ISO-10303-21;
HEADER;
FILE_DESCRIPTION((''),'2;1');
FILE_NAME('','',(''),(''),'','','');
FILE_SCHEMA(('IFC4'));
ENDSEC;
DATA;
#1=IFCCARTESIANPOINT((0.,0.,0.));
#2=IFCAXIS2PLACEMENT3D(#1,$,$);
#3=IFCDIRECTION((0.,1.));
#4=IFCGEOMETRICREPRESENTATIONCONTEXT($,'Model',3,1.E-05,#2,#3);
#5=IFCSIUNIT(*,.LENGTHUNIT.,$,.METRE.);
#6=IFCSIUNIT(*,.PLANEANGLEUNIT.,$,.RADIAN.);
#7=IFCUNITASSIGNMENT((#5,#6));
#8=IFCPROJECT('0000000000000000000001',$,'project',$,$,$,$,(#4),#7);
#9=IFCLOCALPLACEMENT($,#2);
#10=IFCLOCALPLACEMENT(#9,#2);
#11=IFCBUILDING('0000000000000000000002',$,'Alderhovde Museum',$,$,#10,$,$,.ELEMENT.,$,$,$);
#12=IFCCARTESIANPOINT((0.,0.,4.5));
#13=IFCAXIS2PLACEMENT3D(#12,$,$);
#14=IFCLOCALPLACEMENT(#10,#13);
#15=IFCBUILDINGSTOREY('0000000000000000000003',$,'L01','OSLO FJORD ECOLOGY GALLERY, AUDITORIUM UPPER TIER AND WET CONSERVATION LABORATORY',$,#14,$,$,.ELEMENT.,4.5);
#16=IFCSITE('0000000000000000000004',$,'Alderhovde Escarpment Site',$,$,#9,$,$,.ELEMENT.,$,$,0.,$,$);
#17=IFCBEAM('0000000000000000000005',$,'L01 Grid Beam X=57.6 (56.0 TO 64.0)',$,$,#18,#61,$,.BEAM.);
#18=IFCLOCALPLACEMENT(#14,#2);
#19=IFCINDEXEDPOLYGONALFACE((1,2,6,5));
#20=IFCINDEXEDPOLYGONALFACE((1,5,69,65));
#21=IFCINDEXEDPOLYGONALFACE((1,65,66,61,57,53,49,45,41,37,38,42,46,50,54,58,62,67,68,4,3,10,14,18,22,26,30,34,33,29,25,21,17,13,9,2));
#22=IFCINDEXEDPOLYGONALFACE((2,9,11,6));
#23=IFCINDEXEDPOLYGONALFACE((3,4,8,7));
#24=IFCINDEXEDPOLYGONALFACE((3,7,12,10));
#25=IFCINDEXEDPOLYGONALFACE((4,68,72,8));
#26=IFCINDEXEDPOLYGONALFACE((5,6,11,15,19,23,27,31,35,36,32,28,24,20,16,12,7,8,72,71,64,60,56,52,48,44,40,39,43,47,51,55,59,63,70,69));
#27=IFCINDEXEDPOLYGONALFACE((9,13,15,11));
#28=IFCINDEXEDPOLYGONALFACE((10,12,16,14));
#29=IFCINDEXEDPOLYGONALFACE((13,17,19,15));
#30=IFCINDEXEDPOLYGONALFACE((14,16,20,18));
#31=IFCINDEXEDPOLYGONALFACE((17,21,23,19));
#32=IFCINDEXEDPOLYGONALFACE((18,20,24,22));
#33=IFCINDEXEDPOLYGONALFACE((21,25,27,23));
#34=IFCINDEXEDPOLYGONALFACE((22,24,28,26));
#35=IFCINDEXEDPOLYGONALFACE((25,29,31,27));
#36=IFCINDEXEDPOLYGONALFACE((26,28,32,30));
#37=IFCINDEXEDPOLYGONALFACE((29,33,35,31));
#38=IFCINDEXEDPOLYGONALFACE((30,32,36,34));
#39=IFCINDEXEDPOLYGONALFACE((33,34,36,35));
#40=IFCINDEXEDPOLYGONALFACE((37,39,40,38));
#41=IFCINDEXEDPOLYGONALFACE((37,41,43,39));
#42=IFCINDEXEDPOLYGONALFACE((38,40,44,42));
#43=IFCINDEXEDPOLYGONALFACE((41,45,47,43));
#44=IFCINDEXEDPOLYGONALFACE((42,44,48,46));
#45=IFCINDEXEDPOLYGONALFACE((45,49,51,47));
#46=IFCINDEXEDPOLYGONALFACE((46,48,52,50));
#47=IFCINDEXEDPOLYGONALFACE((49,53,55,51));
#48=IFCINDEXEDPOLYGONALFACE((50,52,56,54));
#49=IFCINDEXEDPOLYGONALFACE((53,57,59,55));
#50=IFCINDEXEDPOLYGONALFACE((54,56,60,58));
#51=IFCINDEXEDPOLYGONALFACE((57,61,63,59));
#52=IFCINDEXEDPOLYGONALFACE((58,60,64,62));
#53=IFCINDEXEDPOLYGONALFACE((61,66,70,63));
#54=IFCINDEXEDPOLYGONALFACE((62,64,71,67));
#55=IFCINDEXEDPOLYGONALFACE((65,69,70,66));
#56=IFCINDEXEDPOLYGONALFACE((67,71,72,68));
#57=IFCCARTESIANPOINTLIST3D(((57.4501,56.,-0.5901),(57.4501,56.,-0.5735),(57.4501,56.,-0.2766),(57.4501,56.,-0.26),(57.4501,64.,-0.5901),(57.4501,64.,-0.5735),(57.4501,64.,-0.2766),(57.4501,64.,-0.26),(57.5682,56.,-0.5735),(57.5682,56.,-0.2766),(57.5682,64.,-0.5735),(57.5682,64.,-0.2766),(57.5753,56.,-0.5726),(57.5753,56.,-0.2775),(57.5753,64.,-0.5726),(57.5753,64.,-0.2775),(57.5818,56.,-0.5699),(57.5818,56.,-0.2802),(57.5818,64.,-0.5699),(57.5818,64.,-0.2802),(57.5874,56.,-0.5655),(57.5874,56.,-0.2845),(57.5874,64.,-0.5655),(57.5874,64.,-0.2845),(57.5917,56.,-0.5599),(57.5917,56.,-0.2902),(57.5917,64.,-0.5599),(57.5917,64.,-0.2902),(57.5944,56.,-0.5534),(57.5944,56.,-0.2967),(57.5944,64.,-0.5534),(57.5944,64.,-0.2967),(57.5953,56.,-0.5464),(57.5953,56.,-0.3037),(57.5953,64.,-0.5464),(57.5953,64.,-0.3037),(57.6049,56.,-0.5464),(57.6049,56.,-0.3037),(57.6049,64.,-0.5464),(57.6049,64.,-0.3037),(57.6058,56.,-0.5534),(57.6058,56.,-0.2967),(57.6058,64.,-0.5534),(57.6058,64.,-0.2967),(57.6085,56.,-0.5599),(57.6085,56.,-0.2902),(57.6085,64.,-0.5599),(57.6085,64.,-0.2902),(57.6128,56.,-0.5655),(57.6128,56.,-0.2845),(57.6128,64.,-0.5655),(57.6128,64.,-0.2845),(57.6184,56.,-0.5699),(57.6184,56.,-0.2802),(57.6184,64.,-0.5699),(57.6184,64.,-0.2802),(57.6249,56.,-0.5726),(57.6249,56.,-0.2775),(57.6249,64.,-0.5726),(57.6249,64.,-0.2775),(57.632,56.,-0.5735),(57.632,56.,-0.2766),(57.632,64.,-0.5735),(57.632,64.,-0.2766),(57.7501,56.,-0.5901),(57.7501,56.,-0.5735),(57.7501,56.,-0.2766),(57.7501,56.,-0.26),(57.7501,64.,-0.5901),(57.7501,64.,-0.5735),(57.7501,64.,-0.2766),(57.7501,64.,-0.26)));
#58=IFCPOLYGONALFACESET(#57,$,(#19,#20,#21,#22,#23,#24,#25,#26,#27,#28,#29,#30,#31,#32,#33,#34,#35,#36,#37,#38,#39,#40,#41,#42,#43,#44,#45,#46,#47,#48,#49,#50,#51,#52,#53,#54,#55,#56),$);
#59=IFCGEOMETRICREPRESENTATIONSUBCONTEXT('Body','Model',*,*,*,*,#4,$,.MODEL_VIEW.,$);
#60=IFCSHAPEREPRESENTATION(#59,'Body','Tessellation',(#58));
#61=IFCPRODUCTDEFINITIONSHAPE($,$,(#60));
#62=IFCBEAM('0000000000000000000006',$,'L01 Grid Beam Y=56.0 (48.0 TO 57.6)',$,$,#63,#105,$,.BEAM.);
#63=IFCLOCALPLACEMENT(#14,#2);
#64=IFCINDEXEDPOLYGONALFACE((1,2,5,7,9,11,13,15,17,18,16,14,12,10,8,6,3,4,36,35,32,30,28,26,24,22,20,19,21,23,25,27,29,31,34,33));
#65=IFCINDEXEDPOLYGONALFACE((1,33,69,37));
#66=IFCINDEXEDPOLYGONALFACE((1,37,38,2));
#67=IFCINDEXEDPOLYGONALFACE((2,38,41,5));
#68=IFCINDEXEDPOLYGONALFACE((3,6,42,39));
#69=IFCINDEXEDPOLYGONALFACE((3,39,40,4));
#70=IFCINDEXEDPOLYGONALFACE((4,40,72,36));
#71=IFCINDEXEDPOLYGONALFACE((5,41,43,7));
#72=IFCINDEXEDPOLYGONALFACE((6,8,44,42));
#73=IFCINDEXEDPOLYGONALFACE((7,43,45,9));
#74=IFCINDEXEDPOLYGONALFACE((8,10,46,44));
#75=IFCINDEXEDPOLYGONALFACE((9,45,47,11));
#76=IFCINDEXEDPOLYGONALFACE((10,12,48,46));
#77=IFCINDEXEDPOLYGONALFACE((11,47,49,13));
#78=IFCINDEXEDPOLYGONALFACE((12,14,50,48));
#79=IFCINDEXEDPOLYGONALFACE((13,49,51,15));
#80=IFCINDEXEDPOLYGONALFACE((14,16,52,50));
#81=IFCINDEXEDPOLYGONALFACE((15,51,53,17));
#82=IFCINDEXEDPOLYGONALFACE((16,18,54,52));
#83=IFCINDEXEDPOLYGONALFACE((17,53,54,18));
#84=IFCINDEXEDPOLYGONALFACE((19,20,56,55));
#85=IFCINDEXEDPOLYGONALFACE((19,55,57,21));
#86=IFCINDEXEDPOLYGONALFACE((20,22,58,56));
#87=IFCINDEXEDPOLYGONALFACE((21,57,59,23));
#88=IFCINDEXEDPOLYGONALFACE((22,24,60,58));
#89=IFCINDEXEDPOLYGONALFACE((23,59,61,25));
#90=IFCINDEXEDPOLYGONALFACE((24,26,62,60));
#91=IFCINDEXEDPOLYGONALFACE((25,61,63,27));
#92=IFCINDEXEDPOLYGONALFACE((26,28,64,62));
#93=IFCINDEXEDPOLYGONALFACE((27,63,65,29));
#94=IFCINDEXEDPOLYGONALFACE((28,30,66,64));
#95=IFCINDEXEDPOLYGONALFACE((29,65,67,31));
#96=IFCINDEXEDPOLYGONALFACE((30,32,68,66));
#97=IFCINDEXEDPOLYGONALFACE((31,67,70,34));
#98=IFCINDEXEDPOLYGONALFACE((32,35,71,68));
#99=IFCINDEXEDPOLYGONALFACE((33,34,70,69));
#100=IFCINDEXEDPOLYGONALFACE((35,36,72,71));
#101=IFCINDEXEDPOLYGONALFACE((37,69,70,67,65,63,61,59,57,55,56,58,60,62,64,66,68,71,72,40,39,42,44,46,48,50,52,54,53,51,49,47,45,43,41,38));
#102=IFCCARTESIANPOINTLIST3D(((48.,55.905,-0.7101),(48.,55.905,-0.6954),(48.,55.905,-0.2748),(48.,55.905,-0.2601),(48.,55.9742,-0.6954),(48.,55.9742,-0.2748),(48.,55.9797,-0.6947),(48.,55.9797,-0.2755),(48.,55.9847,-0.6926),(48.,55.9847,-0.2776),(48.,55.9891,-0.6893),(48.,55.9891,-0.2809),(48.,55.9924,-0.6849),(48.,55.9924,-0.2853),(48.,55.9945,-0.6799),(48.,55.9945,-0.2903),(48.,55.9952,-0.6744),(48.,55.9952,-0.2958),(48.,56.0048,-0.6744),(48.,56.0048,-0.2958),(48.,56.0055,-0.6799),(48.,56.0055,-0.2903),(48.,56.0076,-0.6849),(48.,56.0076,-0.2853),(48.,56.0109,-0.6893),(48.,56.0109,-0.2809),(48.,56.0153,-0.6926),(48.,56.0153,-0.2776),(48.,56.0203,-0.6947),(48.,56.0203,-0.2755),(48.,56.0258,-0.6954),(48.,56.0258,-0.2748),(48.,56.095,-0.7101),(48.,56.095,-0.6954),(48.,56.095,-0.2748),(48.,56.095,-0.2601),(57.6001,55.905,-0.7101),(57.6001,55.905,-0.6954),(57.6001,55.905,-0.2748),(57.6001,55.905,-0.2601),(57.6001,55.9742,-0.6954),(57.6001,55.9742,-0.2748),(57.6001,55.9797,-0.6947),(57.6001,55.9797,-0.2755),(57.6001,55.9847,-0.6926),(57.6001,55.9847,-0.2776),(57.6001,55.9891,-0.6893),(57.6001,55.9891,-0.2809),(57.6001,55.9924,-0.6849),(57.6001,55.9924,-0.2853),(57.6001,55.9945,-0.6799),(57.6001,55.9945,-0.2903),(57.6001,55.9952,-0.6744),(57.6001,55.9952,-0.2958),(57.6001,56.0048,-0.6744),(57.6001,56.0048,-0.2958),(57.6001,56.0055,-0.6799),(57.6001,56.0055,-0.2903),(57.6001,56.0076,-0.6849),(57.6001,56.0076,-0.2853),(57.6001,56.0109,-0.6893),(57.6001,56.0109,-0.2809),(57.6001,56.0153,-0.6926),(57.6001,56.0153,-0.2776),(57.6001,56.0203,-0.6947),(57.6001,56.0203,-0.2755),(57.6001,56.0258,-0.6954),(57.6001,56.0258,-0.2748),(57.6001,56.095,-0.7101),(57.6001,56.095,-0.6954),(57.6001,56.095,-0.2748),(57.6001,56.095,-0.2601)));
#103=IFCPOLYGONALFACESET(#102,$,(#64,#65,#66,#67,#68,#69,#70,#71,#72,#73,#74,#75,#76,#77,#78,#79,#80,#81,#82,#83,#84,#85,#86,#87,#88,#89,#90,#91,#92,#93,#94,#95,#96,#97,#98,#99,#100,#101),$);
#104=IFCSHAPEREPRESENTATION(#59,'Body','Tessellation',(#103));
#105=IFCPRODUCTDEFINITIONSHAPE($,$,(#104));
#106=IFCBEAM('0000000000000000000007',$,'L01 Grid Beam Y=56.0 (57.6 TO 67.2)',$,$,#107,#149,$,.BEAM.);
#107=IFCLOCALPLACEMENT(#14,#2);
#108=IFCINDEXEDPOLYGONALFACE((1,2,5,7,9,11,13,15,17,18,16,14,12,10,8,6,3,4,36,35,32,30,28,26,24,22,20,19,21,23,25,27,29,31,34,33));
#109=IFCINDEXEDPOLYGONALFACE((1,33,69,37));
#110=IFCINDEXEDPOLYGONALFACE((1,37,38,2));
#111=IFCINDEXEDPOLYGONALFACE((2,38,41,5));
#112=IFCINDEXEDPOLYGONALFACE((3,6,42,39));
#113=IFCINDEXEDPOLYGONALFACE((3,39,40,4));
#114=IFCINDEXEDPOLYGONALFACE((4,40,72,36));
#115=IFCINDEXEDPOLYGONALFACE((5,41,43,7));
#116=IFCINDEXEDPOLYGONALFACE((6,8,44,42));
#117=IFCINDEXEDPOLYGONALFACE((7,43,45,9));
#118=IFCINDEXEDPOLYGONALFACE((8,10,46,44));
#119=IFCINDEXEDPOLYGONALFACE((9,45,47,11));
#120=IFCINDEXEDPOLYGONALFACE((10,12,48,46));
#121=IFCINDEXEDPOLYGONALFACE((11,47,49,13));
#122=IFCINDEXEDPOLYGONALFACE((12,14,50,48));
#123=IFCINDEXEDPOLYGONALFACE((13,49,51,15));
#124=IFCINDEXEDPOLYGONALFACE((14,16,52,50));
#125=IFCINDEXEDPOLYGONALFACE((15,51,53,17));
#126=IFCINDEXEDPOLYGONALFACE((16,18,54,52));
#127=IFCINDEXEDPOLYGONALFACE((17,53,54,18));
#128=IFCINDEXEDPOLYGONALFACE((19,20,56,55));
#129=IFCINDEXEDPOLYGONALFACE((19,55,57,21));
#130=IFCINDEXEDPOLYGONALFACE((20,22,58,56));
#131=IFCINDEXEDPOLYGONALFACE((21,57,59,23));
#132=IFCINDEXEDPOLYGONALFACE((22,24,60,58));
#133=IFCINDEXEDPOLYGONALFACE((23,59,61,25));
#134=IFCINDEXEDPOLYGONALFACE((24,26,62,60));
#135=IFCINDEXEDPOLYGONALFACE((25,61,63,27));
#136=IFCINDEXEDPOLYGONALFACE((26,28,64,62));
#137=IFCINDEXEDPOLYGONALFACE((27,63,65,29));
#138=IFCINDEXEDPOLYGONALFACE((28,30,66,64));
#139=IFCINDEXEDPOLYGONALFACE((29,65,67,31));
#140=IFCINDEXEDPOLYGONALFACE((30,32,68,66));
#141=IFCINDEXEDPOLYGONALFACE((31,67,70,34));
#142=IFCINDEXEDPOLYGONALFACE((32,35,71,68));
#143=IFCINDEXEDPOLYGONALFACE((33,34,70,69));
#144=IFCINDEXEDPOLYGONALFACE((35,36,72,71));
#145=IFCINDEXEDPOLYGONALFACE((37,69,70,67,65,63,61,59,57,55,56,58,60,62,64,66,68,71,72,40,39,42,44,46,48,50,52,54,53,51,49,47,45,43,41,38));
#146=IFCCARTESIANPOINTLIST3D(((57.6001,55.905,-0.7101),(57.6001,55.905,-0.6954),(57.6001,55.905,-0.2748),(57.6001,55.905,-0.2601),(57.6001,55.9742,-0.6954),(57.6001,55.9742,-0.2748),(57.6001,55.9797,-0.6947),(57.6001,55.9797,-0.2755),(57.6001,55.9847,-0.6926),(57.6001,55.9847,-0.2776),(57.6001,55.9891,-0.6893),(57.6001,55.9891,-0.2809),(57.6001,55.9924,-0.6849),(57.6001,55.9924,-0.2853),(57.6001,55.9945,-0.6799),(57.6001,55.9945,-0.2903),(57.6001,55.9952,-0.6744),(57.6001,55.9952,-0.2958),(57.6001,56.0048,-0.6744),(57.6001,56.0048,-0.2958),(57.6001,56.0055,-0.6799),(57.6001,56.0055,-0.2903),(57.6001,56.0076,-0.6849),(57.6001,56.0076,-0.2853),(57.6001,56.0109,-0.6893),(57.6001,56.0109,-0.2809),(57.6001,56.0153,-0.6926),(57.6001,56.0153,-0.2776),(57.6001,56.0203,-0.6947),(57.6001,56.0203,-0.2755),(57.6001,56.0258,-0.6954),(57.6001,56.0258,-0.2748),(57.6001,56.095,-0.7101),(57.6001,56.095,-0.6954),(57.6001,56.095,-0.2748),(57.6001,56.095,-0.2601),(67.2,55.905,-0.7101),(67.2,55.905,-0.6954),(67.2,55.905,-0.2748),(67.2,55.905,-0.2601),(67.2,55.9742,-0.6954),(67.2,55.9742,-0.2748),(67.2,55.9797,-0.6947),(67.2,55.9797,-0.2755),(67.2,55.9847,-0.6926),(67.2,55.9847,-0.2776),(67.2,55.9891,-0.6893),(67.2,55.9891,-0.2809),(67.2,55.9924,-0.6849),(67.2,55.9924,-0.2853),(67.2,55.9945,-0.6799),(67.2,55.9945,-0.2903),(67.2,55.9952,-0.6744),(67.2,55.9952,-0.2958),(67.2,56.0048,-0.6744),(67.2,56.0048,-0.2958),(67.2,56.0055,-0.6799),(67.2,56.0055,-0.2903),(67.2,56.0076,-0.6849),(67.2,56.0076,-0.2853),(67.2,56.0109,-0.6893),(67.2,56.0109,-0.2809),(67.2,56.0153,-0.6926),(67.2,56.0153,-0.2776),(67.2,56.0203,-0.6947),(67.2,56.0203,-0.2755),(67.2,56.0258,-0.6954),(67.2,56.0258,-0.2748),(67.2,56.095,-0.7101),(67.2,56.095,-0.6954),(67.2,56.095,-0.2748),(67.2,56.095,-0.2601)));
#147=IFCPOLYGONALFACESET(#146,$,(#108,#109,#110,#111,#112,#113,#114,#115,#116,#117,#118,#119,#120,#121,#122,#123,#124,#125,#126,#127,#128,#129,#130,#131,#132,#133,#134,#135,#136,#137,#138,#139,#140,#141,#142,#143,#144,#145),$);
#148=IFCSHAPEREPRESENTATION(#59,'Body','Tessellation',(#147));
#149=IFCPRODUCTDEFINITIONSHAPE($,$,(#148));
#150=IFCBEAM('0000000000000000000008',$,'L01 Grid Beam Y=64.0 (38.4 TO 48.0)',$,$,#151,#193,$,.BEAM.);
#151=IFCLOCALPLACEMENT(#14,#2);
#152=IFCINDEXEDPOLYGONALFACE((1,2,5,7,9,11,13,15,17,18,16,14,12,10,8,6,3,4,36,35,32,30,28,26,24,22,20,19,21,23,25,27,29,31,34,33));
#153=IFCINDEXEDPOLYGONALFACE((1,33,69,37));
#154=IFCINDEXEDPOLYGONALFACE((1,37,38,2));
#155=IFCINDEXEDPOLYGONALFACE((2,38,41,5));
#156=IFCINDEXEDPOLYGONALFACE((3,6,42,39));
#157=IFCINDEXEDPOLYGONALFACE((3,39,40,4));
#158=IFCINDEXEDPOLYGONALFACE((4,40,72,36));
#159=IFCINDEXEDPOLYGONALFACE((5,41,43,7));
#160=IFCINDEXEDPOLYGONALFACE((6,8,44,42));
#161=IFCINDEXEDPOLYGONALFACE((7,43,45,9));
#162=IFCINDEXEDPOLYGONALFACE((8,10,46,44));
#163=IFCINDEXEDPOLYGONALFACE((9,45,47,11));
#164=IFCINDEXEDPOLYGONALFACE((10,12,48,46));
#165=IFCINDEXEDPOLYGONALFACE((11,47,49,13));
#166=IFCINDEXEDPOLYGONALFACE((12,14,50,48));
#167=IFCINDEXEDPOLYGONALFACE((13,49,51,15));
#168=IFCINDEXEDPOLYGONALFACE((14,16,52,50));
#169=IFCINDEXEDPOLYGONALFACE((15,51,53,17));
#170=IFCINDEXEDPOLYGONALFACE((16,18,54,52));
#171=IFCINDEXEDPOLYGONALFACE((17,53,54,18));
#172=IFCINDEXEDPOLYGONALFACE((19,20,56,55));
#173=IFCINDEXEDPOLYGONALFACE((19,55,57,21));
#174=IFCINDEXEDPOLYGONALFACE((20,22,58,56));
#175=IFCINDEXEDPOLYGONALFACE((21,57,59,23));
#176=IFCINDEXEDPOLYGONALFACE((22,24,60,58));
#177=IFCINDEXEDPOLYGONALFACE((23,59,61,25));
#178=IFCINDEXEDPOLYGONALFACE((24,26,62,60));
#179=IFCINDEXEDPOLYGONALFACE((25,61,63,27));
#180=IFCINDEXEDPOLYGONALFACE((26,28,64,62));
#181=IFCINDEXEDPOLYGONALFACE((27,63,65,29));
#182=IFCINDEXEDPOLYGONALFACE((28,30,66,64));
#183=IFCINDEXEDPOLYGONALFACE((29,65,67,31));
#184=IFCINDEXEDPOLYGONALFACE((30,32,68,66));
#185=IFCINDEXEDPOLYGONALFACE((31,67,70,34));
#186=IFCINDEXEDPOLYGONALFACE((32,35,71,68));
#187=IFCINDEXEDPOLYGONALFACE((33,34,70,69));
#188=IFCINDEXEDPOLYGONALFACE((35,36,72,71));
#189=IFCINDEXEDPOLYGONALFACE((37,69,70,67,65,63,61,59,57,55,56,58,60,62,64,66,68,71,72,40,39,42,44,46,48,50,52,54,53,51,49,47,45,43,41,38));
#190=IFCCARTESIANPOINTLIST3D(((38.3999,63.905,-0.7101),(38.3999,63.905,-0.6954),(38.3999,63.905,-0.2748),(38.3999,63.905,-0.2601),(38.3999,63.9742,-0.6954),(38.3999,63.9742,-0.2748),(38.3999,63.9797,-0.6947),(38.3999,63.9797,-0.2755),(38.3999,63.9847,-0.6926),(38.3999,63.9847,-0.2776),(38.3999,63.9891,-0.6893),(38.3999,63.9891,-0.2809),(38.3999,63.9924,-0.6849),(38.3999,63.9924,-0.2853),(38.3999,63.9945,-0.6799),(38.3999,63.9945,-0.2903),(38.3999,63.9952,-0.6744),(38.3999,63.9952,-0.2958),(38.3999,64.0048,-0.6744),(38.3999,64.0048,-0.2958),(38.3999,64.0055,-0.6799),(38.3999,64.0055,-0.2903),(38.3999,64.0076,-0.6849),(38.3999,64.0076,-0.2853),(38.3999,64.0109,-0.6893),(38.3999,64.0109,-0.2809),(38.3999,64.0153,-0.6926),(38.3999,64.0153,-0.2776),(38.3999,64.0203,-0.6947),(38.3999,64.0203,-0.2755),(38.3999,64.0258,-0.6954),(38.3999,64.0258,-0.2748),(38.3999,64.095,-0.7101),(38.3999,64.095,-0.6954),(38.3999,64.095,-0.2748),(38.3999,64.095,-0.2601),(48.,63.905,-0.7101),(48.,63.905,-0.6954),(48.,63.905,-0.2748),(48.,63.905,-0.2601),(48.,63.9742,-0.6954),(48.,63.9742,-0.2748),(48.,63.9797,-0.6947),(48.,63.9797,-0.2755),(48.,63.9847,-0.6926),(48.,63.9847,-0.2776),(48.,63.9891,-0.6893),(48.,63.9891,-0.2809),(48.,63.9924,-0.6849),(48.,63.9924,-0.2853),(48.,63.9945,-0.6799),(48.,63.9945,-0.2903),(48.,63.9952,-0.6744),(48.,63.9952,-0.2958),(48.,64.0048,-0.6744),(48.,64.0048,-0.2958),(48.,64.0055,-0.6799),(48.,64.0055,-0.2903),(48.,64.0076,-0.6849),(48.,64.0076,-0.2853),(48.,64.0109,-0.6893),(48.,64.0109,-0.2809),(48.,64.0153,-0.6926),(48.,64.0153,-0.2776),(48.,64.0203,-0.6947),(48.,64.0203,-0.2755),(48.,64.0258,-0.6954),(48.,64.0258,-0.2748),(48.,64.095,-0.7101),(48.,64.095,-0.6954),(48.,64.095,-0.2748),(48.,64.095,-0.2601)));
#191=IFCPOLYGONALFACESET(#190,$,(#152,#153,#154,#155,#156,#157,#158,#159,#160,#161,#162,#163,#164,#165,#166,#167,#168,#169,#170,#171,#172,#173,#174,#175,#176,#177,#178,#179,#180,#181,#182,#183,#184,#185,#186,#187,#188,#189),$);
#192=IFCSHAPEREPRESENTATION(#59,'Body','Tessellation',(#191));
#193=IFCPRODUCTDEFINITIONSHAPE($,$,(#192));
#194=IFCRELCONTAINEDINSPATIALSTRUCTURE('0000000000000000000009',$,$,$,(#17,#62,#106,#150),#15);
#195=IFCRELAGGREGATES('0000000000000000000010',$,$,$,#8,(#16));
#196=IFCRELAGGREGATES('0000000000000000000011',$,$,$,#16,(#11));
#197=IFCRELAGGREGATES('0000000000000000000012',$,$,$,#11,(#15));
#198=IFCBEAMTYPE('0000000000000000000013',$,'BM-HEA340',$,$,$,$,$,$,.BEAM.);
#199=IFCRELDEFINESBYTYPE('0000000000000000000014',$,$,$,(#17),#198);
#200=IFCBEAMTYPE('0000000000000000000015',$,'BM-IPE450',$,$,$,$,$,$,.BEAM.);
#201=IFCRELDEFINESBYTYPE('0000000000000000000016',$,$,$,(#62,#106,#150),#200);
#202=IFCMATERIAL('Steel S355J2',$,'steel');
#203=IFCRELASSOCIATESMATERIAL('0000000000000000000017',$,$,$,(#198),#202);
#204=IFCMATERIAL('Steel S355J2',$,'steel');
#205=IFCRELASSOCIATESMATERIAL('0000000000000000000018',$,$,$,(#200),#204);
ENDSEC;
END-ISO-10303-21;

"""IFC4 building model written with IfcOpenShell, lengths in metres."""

from ifc_helpers import new_model, si_unit, direction, frame, origin, origin_2d, place, context, subcontext, project, spatial, i_section, extrude, material, material_profile, profile_set, type_object, element, save


model = new_model("IFC4")

# Units and contexts
model_context = context("Model", 3, precision=1e-05, world=origin(), true_north=direction((0.0, 1.0)))
body_context = subcontext(model_context, "Body", "Model", "MODEL_VIEW")
ifc_project = project(units=[si_unit("LENGTHUNIT", "METRE"), si_unit("PLANEANGLEUNIT", "RADIAN")], contexts=[model_context])

# Site, building, storey
site_placement = place(None, origin())
site = spatial("IfcSite", under=ifc_project, at=site_placement, Name="Alderhovde Escarpment Site", CompositionType="ELEMENT", RefElevation=0.0)
building_placement = place(site_placement, origin())
building = spatial("IfcBuilding", under=site, at=building_placement, Name="Alderhovde Museum", CompositionType="ELEMENT")
storey_placement = place(building_placement, frame((0.0, 0.0, 4.5)))
storey = spatial("IfcBuildingStorey", under=building, at=storey_placement, Name="L01", Description="OSLO FJORD ECOLOGY GALLERY, AUDITORIUM UPPER TIER AND WET CONSERVATION LABORATORY", CompositionType="ELEMENT", Elevation=4.5)

# Beams
ifc_material_1 = material(Name="Steel S355J2", Category="steel")
ifc_material_profile_1 = material_profile(ifc_material_1, i_section(OverallWidth=0.3, OverallDepth=0.3301, WebThickness=0.0095, FlangeThickness=0.0166, FilletRadius=0.0271, at=origin_2d()), Name="HEA 340")
ifc_profile_set_1 = profile_set([ifc_material_profile_1], Name="Steel S355J2")
beam_type_1 = type_object("IfcBeamType", Name="BM-HEA340", PredefinedType="BEAM", material=ifc_profile_set_1)
for number, where, z_axis, x_axis, name in (
    (1, (57.6001, 56.0, -0.425), (0.0, 1.0, 0.0), (-1.0, 0.0, 0.0), "L01 Grid Beam X=57.6 (56.0 TO 64.0)"),
):
    element("IfcBeam", number, at=place(storey_placement, frame(where, z_axis=z_axis, x_axis=x_axis)), inside=storey, type_object=beam_type_1, Name=name, PredefinedType="BEAM", context=body_context, shape_type="SweptSolid", body=[
        extrude(i_section(OverallWidth=0.3, OverallDepth=0.3301, WebThickness=0.0095, FlangeThickness=0.0166, FilletRadius=0.0271, at=origin_2d()), origin(), (0.0, 0.0, 1.0), 8.0),
    ])
ifc_material_2 = material(Name="Steel S355J2", Category="steel")
ifc_material_profile_2 = material_profile(ifc_material_2, i_section(OverallWidth=0.1899, OverallDepth=0.45, WebThickness=0.0095, FlangeThickness=0.0146, FilletRadius=0.021, at=origin_2d()), Name="IPE 450")
ifc_profile_set_2 = profile_set([ifc_material_profile_2], Name="Steel S355J2")
beam_type_2 = type_object("IfcBeamType", Name="BM-IPE450", PredefinedType="BEAM", material=ifc_profile_set_2)
beam_1_placement = place(storey_placement, frame((48.0, 56.0, -0.4851), z_axis=(1.0, 0.0, 0.0), x_axis=(0.0, 1.0, 0.0)))
element("IfcBeam", 2, at=beam_1_placement, inside=storey, type_object=beam_type_2, Name="L01 Grid Beam Y=56.0 (48.0 TO 57.6)", PredefinedType="BEAM", context=body_context, shape_type="SweptSolid", body=[
    extrude(i_section(OverallWidth=0.1899, OverallDepth=0.45, WebThickness=0.0095, FlangeThickness=0.0146, FilletRadius=0.021, at=origin_2d()), origin(), (0.0, 0.0, 1.0), 9.6001),
])
beam_2_placement = place(storey_placement, frame((57.6001, 56.0, -0.4851), z_axis=(1.0, 0.0, 0.0), x_axis=(0.0, 1.0, 0.0)))
element("IfcBeam", 3, at=beam_2_placement, inside=storey, type_object=beam_type_2, Name="L01 Grid Beam Y=56.0 (57.6 TO 67.2)", PredefinedType="BEAM", context=body_context, shape_type="SweptSolid", body=[
    extrude(i_section(OverallWidth=0.1899, OverallDepth=0.45, WebThickness=0.0095, FlangeThickness=0.0146, FilletRadius=0.021, at=origin_2d()), origin(), (0.0, 0.0, 1.0), 9.5999),
])
for number, where, z_axis, x_axis, name in (
    (4, (38.3999, 64.0, -0.4851), (1.0, 0.0, 0.0), (0.0, 1.0, 0.0), "L01 Grid Beam Y=64.0 (38.4 TO 48.0)"),
):
    element("IfcBeam", number, at=place(storey_placement, frame(where, z_axis=z_axis, x_axis=x_axis)), inside=storey, type_object=beam_type_2, Name=name, PredefinedType="BEAM", context=body_context, shape_type="SweptSolid", body=[
        extrude(i_section(OverallWidth=0.1899, OverallDepth=0.45, WebThickness=0.0095, FlangeThickness=0.0146, FilletRadius=0.021, at=origin_2d()), origin(), (0.0, 0.0, 1.0), 9.6001),
    ])

save(model, "model.ifc")
